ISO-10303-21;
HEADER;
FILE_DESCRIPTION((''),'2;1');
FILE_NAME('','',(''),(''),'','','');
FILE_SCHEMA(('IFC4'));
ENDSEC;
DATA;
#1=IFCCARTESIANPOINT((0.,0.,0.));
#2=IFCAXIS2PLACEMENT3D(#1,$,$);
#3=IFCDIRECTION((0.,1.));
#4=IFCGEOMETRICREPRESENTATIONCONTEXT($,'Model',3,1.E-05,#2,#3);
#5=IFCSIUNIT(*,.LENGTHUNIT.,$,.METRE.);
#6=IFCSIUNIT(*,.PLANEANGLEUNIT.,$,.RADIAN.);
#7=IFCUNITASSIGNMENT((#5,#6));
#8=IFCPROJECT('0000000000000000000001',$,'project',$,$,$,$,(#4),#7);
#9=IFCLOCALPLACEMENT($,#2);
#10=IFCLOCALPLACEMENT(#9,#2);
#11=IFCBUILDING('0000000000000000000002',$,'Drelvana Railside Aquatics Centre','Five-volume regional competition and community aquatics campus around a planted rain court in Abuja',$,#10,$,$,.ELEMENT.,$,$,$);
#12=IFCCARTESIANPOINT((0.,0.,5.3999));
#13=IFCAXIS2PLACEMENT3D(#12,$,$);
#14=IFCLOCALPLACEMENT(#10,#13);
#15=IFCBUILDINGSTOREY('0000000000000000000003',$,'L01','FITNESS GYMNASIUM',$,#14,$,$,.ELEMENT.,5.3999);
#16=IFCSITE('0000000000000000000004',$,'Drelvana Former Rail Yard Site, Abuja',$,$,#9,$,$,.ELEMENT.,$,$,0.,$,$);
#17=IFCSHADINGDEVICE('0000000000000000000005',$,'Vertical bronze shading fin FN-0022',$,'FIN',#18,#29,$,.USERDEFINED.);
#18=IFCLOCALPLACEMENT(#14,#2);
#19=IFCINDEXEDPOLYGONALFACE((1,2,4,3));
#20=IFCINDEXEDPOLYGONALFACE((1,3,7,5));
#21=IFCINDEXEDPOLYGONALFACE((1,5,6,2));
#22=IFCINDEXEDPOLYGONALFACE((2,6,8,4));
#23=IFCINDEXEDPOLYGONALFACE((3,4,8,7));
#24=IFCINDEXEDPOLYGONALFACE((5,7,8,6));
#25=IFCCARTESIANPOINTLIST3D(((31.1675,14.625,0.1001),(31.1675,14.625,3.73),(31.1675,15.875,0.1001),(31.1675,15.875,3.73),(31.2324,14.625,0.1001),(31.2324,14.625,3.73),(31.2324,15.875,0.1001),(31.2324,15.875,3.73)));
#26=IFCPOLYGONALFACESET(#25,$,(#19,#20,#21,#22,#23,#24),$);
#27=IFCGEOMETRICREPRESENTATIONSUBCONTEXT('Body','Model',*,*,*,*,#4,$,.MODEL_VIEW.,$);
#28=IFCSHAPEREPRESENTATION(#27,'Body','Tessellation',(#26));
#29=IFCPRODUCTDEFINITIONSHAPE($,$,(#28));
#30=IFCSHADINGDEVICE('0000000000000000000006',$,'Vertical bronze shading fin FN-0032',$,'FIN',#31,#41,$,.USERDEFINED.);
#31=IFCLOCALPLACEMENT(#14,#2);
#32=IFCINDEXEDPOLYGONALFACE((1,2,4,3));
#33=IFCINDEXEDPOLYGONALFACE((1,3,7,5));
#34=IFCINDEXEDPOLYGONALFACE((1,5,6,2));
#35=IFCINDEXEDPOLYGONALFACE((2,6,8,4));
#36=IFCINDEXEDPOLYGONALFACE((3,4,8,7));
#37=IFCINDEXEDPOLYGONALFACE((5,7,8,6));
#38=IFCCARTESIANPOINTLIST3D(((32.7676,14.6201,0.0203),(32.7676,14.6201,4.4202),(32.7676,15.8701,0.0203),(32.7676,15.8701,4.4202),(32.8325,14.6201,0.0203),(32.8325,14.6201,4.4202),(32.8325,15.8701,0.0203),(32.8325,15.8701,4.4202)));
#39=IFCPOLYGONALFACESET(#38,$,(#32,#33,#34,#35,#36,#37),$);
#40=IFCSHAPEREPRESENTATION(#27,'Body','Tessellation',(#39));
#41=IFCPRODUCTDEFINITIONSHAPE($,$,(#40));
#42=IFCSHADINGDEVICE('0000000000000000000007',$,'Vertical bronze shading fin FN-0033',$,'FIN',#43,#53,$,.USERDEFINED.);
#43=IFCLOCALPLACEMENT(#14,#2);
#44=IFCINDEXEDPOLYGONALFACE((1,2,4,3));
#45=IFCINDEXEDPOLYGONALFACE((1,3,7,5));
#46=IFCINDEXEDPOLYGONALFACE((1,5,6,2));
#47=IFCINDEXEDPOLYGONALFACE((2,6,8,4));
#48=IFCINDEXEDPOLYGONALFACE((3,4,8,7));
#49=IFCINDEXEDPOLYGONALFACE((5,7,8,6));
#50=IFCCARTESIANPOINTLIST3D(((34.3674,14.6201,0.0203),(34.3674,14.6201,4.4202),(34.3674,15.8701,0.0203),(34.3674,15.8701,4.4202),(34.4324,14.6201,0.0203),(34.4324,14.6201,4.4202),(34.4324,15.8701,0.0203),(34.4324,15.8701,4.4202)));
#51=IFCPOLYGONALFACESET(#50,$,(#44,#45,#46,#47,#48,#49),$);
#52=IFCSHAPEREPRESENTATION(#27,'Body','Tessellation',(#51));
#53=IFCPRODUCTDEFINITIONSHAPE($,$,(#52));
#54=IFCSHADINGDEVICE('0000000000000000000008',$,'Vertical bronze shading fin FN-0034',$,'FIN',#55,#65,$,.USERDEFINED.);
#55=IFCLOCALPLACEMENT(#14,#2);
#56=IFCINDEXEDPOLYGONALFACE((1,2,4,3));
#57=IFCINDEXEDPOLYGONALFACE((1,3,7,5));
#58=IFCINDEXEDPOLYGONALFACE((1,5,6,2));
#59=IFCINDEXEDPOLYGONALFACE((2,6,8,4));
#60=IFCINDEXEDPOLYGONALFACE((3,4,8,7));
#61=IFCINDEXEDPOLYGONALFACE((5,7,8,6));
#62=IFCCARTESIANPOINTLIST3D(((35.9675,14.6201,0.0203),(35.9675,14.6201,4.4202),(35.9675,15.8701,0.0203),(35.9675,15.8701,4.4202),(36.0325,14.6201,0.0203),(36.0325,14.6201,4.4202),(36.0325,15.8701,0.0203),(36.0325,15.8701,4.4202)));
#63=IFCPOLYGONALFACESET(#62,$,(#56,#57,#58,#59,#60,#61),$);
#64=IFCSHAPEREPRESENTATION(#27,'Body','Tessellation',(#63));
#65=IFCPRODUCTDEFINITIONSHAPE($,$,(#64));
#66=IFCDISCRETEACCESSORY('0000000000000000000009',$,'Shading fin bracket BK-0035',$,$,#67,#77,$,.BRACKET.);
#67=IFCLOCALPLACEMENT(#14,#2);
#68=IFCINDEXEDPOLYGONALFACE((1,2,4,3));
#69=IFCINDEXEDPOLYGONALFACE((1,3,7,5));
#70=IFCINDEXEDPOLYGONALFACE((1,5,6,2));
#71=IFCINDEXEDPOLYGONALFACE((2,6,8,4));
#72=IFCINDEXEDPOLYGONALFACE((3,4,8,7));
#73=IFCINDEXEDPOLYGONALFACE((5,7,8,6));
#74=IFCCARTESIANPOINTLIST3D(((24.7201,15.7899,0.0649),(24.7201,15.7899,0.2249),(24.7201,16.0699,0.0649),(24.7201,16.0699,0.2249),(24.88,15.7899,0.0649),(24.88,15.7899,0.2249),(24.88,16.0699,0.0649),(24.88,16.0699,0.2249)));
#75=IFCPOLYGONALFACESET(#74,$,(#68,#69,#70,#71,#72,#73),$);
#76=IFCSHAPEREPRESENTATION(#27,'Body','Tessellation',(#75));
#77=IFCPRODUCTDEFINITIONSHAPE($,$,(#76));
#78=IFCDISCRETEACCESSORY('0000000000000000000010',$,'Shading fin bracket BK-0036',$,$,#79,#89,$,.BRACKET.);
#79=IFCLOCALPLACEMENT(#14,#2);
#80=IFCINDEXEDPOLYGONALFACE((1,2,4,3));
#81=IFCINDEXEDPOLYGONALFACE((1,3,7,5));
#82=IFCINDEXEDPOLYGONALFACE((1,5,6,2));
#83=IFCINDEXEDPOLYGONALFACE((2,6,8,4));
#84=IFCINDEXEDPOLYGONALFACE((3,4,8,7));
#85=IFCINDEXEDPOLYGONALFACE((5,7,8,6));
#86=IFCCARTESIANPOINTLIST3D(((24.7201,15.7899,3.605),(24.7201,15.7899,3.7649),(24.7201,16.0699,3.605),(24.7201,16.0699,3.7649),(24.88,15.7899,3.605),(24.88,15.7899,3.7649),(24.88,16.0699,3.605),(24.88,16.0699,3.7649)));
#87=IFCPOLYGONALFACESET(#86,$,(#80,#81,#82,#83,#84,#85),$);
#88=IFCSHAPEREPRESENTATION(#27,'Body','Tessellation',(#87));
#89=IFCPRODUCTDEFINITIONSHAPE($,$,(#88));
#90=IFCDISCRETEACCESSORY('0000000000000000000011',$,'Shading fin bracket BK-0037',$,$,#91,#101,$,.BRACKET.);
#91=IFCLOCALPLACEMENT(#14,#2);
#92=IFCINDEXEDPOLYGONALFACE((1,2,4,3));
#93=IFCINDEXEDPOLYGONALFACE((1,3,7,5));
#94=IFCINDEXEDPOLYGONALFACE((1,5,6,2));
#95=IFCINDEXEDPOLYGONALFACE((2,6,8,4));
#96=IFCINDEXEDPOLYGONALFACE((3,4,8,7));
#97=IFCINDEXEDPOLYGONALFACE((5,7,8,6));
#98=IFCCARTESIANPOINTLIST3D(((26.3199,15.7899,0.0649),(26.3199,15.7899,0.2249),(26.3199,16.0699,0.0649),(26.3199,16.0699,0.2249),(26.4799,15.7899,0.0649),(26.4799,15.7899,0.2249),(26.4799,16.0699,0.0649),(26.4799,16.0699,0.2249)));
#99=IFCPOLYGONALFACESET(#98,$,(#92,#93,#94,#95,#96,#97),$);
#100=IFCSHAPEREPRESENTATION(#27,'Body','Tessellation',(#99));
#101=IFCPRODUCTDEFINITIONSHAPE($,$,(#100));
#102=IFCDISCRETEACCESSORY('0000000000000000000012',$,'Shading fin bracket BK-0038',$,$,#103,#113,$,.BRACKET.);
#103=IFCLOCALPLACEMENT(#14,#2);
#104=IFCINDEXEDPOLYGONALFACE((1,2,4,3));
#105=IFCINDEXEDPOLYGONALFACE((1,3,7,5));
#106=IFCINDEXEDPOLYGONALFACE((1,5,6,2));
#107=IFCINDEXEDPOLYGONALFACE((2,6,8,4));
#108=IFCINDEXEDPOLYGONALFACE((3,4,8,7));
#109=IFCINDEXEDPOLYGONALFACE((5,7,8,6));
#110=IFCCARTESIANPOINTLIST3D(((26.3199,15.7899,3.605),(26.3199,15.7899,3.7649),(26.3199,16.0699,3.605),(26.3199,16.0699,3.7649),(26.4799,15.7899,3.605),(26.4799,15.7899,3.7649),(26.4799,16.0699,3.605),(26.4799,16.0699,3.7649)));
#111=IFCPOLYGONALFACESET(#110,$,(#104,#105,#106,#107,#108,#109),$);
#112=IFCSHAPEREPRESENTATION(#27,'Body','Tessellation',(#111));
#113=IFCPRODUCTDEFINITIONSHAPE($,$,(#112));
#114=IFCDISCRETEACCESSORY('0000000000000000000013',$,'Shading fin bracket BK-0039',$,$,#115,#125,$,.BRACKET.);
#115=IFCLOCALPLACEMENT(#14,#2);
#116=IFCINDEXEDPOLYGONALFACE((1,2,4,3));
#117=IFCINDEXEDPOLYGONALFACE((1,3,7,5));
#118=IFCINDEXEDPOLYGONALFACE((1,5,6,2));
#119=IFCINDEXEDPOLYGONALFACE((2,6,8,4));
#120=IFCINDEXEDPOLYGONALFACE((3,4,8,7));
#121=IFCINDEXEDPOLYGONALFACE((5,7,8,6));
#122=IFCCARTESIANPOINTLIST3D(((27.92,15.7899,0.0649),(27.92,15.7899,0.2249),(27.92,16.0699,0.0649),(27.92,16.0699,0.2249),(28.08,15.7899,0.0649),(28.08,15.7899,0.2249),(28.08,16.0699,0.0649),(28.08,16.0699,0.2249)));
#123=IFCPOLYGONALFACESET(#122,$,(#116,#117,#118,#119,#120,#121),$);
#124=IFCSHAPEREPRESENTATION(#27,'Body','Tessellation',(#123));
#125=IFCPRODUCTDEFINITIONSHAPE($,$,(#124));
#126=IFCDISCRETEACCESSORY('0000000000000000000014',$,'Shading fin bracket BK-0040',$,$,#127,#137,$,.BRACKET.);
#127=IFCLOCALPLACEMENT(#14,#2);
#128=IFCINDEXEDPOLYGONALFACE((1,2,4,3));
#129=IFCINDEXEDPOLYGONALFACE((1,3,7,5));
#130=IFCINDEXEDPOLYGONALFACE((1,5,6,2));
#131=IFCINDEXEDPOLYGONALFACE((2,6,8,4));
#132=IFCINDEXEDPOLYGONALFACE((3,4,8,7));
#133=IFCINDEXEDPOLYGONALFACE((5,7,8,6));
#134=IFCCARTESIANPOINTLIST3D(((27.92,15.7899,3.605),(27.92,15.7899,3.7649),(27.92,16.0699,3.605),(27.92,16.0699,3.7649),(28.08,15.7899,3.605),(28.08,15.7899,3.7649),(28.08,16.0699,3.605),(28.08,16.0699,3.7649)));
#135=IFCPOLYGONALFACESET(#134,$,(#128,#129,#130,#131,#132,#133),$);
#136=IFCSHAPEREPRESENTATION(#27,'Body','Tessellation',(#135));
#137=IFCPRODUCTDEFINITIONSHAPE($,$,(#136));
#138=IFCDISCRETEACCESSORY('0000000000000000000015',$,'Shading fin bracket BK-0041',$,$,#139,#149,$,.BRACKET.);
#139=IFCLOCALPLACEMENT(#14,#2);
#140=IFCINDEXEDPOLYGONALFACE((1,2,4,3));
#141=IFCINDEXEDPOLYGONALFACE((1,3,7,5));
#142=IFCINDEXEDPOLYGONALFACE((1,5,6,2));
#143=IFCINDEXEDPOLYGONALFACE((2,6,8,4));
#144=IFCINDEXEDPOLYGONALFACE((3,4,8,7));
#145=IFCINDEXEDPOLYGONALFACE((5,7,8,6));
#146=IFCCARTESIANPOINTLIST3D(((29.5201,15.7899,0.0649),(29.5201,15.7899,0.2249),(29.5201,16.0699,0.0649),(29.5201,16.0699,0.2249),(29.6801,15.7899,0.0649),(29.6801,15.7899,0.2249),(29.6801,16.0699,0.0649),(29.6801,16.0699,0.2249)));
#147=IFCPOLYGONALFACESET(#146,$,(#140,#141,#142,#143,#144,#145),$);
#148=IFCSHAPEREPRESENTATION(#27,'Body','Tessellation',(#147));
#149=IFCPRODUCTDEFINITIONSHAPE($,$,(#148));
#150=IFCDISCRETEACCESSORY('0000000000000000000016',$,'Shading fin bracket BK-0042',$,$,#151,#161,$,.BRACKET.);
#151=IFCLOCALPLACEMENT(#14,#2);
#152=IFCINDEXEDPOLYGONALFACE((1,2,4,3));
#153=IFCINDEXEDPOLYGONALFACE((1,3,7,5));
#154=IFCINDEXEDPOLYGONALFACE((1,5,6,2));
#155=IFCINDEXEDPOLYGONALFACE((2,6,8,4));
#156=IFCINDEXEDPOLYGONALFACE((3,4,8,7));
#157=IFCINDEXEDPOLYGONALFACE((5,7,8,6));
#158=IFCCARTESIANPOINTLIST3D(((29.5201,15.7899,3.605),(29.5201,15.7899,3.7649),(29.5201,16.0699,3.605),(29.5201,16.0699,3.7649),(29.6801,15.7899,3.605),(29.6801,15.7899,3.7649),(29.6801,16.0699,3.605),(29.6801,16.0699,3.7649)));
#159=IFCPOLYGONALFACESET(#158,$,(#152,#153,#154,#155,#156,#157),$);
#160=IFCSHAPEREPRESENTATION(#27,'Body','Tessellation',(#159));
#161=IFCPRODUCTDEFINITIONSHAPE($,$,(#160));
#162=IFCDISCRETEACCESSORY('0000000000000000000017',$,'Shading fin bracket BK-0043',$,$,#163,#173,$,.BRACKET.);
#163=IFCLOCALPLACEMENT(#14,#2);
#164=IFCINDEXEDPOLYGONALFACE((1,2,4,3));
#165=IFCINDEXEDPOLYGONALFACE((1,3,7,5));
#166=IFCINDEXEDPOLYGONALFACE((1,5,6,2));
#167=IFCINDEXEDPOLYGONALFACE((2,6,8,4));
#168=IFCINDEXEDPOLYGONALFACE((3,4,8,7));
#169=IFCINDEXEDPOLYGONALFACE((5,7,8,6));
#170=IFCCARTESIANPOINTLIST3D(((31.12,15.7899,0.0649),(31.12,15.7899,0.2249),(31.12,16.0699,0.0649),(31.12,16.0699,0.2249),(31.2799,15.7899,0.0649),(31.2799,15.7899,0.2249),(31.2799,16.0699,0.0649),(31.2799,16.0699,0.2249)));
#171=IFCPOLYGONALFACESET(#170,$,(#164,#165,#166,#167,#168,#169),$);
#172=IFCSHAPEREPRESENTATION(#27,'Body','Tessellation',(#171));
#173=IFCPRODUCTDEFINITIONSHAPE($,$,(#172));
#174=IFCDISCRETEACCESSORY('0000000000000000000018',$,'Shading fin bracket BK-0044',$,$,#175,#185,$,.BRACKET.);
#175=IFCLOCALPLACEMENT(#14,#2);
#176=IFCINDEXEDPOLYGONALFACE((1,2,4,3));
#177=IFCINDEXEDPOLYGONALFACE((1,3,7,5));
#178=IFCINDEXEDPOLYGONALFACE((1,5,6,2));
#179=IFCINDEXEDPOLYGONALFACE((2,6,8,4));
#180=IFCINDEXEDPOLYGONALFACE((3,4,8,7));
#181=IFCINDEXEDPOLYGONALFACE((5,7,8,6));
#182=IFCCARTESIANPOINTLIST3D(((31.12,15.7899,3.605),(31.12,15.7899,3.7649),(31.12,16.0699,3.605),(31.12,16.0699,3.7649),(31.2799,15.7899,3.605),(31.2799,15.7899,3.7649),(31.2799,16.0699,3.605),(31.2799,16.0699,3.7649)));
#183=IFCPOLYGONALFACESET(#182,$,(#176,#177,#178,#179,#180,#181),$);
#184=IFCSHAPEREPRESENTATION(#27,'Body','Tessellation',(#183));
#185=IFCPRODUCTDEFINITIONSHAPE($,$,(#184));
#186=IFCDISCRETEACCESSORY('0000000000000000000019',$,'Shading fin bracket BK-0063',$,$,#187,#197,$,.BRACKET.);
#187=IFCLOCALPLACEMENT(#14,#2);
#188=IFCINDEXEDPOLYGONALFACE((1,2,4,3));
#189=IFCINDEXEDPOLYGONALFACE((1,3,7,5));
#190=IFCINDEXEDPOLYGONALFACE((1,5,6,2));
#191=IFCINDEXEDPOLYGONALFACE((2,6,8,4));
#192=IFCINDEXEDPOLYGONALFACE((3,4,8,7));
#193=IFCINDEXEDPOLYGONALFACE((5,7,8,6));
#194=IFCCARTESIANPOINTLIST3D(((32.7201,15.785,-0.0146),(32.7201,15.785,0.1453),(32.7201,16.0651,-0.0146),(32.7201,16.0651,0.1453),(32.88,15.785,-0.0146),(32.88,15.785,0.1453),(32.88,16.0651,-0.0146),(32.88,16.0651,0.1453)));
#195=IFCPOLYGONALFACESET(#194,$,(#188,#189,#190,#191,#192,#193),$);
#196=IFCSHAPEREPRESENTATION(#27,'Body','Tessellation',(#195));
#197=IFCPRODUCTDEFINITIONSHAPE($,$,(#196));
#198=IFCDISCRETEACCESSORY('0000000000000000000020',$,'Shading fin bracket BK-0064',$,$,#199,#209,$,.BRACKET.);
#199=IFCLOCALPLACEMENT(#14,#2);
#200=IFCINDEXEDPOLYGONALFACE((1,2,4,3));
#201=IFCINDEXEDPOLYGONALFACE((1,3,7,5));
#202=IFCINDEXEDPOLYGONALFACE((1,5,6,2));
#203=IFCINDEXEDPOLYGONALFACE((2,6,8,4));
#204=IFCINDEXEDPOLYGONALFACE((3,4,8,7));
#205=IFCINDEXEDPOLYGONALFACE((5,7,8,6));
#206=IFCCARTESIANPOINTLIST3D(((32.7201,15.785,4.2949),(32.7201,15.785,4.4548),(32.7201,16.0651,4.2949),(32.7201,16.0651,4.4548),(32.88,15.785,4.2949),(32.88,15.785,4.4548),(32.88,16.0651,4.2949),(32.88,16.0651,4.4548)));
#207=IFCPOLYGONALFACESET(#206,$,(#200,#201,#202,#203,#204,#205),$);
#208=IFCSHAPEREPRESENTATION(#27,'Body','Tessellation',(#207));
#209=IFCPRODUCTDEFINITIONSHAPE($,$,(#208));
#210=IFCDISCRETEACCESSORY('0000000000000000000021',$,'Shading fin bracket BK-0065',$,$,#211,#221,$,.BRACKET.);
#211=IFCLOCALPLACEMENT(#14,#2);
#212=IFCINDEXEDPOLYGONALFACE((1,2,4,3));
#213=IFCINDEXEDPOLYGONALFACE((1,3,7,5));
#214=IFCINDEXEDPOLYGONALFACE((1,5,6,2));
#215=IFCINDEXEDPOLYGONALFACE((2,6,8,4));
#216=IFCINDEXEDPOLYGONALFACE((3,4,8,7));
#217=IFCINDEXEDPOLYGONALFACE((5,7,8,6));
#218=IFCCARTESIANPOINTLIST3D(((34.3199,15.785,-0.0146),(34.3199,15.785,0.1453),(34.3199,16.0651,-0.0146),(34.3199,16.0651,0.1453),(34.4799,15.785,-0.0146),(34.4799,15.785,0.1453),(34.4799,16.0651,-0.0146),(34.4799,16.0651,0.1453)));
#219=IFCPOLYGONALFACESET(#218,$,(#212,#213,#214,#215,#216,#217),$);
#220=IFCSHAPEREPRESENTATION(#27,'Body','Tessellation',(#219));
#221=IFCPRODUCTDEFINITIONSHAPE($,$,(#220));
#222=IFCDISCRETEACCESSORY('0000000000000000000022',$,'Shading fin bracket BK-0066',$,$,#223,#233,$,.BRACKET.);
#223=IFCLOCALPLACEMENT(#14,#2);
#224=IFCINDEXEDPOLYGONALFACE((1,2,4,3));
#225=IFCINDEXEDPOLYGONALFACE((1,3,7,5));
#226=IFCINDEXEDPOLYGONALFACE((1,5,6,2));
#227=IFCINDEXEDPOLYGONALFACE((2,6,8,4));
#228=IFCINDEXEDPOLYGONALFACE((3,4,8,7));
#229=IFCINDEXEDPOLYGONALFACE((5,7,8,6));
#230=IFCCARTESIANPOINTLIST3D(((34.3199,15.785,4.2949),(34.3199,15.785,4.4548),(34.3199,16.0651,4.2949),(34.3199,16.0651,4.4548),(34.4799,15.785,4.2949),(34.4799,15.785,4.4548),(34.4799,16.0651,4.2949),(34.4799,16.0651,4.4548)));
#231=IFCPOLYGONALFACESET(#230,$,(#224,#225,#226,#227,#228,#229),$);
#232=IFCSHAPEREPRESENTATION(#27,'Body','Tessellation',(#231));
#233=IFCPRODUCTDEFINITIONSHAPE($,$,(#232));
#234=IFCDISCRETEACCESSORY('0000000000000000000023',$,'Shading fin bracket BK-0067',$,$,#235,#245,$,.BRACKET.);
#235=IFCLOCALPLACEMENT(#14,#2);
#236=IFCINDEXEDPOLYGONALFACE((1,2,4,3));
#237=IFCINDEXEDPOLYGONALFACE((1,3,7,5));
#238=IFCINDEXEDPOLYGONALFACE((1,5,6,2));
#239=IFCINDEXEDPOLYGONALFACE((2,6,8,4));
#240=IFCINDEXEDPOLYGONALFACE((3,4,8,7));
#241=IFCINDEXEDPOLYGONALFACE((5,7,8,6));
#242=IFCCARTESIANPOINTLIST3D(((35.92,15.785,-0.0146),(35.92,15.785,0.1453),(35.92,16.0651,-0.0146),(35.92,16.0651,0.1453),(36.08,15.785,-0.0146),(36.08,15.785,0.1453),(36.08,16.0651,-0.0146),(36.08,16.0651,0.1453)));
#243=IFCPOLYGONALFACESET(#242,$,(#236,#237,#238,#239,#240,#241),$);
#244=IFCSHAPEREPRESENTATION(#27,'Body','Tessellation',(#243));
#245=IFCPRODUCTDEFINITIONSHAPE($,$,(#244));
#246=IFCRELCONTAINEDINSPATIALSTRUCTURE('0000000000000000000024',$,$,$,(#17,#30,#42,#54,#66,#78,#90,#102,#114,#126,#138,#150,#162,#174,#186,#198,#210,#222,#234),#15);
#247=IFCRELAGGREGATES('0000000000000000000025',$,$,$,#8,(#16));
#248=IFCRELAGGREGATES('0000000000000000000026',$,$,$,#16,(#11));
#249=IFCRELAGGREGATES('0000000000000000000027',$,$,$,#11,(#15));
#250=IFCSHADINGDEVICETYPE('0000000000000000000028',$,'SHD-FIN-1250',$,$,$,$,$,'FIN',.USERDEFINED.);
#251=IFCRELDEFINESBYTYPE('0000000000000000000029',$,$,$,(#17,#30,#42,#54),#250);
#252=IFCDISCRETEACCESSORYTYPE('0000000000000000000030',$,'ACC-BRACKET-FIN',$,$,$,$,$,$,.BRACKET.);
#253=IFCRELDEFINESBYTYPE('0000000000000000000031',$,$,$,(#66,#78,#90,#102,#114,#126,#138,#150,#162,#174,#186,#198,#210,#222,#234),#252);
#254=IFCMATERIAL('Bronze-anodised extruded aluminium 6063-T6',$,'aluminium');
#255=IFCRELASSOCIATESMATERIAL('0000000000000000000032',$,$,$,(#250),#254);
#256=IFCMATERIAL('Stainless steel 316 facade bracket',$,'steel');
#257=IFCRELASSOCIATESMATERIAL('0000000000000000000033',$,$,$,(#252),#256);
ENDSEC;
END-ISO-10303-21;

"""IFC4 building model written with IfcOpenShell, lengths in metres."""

from ifc_helpers import new_model, si_unit, direction, frame, origin, origin_2d, place, context, subcontext, project, spatial, rectangle, extrude, material, type_object, element, save


model = new_model("IFC4")

# Units and contexts
model_context = context("Model", 3, precision=1e-05, world=origin(), true_north=direction((0.0, 1.0)))
body_context = subcontext(model_context, "Body", "Model", "MODEL_VIEW")
ifc_project = project(units=[si_unit("LENGTHUNIT", "METRE"), si_unit("PLANEANGLEUNIT", "RADIAN")], contexts=[model_context])

# Site, building, storey
site_placement = place(None, origin())
site = spatial("IfcSite", under=ifc_project, at=site_placement, Name="Drelvana Former Rail Yard Site, Abuja", CompositionType="ELEMENT", RefElevation=0.0)
building_placement = place(site_placement, origin())
building = spatial("IfcBuilding", under=site, at=building_placement, Name="Drelvana Railside Aquatics Centre", Description="Five-volume regional competition and community aquatics campus around a planted rain court in Abuja", CompositionType="ELEMENT")
storey_placement = place(building_placement, frame((0.0, 0.0, 5.3999)))
storey = spatial("IfcBuildingStorey", under=building, at=storey_placement, Name="L01", Description="FITNESS GYMNASIUM", CompositionType="ELEMENT", Elevation=5.3999)

# Shared definitions
ifc_material_1 = material(Name="Bronze-anodised extruded aluminium 6063-T6", Category="aluminium")

# Shading devices
shading_device_type = type_object("IfcShadingDeviceType", Name="SHD-FIN-1250", ElementType="FIN", PredefinedType="USERDEFINED", material=ifc_material_1)
for number, where, z_axis, x_axis, name in (
    (1, (31.2, 15.25, 0.1001), (0.0, 0.0, 1.0), (0.0, -1.0, 0.0), "Vertical bronze shading fin FN-0022"),
):
    element("IfcShadingDevice", number, at=place(storey_placement, frame(where, z_axis=z_axis, x_axis=x_axis)), inside=storey, type_object=shading_device_type, Name=name, ObjectType="FIN", PredefinedType="USERDEFINED", context=body_context, shape_type="SweptSolid", body=[
        extrude(rectangle(XDim=1.25, YDim=0.0649, at=origin_2d()), origin(), (0.0, 0.0, 1.0), 3.6299),
    ])
for number, where, z_axis, x_axis, name in (
    (2, (32.8, 15.2451, 0.0203), (0.0, 0.0, 1.0), (0.0, -1.0, 0.0), "Vertical bronze shading fin FN-0032"),
    (3, (34.3999, 15.2451, 0.0203), (0.0, 0.0, 1.0), (0.0, -1.0, 0.0), "Vertical bronze shading fin FN-0033"),
    (4, (36.0, 15.2451, 0.0203), (0.0, 0.0, 1.0), (0.0, -1.0, 0.0), "Vertical bronze shading fin FN-0034"),
):
    element("IfcShadingDevice", number, at=place(storey_placement, frame(where, z_axis=z_axis, x_axis=x_axis)), inside=storey, type_object=shading_device_type, Name=name, ObjectType="FIN", PredefinedType="USERDEFINED", context=body_context, shape_type="SweptSolid", body=[
        extrude(rectangle(XDim=1.25, YDim=0.0649, at=origin_2d()), origin(), (0.0, 0.0, 1.0), 4.3999),
    ])

# Discrete accessories
ifc_material_2 = material(Name="Stainless steel 316 facade bracket", Category="steel")
discrete_accessory_type = type_object("IfcDiscreteAccessoryType", Name="ACC-BRACKET-FIN", PredefinedType="BRACKET", material=ifc_material_2)
for number, where, z_axis, x_axis, name in (
    (5, (24.8, 15.9299, 0.0649), (0.0, 0.0, 1.0), (0.0, -1.0, 0.0), "Shading fin bracket BK-0035"),
    (6, (24.8, 15.9299, 3.605), (0.0, 0.0, 1.0), (0.0, -1.0, 0.0), "Shading fin bracket BK-0036"),
    (7, (26.3999, 15.9299, 0.0649), (0.0, 0.0, 1.0), (0.0, -1.0, 0.0), "Shading fin bracket BK-0037"),
    (8, (26.3999, 15.9299, 3.605), (0.0, 0.0, 1.0), (0.0, -1.0, 0.0), "Shading fin bracket BK-0038"),
    (9, (28.0, 15.9299, 0.0649), (0.0, 0.0, 1.0), (0.0, -1.0, 0.0), "Shading fin bracket BK-0039"),
    (10, (28.0, 15.9299, 3.605), (0.0, 0.0, 1.0), (0.0, -1.0, 0.0), "Shading fin bracket BK-0040"),
    (11, (29.6001, 15.9299, 0.0649), (0.0, 0.0, 1.0), (0.0, -1.0, 0.0), "Shading fin bracket BK-0041"),
    (12, (29.6001, 15.9299, 3.605), (0.0, 0.0, 1.0), (0.0, -1.0, 0.0), "Shading fin bracket BK-0042"),
    (13, (31.2, 15.9299, 0.0649), (0.0, 0.0, 1.0), (0.0, -1.0, 0.0), "Shading fin bracket BK-0043"),
    (14, (31.2, 15.9299, 3.605), (0.0, 0.0, 1.0), (0.0, -1.0, 0.0), "Shading fin bracket BK-0044"),
    (15, (32.8, 15.925, -0.0146), (0.0, 0.0, 1.0), (0.0, -1.0, 0.0), "Shading fin bracket BK-0063"),
    (16, (32.8, 15.925, 4.2949), (0.0, 0.0, 1.0), (0.0, -1.0, 0.0), "Shading fin bracket BK-0064"),
    (17, (34.3999, 15.925, -0.0146), (0.0, 0.0, 1.0), (0.0, -1.0, 0.0), "Shading fin bracket BK-0065"),
    (18, (34.3999, 15.925, 4.2949), (0.0, 0.0, 1.0), (0.0, -1.0, 0.0), "Shading fin bracket BK-0066"),
    (19, (36.0, 15.925, -0.0146), (0.0, 0.0, 1.0), (0.0, -1.0, 0.0), "Shading fin bracket BK-0067"),
):
    element("IfcDiscreteAccessory", number, at=place(storey_placement, frame(where, z_axis=z_axis, x_axis=x_axis)), inside=storey, type_object=discrete_accessory_type, Name=name, PredefinedType="BRACKET", context=body_context, shape_type="SweptSolid", body=[
        extrude(rectangle(XDim=0.28, YDim=0.1599, at=origin_2d()), origin(), (0.0, 0.0, 1.0), 0.1599),
    ])

save(model, "model.ifc")
